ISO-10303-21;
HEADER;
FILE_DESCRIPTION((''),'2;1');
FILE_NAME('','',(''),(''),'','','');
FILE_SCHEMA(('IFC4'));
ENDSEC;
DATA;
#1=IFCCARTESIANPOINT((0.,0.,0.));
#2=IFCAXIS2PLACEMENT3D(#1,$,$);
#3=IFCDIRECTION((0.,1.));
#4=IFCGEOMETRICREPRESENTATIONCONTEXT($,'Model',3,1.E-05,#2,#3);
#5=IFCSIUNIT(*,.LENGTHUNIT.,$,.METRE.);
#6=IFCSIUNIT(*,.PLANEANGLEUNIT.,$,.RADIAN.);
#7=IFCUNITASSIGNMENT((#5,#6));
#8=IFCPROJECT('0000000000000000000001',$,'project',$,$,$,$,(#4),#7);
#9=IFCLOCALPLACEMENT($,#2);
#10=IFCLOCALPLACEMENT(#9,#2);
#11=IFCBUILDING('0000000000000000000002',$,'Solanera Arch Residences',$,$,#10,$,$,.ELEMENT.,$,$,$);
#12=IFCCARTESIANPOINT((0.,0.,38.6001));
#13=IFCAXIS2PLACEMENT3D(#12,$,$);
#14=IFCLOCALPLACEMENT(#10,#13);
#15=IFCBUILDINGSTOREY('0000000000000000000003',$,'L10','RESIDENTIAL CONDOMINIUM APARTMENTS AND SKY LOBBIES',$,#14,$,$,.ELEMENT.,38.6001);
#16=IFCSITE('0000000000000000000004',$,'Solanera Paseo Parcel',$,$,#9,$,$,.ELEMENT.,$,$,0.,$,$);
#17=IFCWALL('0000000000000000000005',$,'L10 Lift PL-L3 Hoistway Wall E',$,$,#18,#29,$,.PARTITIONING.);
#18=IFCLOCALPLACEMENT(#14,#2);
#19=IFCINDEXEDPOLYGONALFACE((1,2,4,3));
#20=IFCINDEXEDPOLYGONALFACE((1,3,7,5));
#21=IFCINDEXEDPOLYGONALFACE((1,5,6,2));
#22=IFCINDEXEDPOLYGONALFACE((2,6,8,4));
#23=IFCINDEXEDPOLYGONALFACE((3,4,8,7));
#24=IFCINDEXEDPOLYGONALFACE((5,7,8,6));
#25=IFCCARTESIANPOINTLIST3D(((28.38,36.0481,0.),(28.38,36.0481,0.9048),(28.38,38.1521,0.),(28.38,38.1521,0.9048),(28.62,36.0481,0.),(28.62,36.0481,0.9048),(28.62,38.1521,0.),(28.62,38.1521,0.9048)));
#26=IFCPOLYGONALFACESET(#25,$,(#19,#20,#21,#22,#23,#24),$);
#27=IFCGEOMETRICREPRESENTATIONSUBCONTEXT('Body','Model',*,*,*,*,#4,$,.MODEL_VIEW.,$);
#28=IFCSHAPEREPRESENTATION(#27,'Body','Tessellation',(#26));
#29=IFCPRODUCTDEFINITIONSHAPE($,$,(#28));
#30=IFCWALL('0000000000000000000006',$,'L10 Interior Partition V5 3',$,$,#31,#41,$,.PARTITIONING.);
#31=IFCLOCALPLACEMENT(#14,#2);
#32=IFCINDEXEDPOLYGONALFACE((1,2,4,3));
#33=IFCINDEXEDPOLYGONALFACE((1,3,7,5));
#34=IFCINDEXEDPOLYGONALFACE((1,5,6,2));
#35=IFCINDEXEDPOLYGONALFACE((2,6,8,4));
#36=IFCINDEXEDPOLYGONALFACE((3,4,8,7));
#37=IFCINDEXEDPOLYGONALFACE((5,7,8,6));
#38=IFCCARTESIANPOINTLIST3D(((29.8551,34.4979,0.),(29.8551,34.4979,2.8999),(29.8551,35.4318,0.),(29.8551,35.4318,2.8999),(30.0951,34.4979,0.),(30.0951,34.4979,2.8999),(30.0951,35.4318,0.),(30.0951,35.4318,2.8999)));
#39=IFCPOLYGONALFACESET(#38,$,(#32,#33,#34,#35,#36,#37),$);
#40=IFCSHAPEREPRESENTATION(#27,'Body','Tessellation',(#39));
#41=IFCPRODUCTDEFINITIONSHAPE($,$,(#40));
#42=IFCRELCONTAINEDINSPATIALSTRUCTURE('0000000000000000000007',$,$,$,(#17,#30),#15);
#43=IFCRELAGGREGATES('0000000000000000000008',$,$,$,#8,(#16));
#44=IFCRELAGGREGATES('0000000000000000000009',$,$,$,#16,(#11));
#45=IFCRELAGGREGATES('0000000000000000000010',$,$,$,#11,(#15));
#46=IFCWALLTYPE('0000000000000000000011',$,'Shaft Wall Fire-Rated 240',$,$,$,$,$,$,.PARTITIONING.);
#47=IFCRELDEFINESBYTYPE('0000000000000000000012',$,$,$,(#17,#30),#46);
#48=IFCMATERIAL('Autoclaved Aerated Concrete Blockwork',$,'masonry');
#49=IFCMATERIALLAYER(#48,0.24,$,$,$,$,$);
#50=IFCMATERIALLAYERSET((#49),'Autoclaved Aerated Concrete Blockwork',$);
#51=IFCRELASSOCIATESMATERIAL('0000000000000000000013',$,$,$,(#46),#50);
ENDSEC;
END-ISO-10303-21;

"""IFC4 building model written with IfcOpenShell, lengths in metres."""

from ifc_helpers import new_model, si_unit, direction, frame, frame_2d, origin, place, context, subcontext, project, spatial, rectangle, extrude, material, layer, layer_set, type_object, element, save


model = new_model("IFC4")

# Units and contexts
model_context = context("Model", 3, precision=1e-05, world=origin(), true_north=direction((0.0, 1.0)))
body_context = subcontext(model_context, "Body", "Model", "MODEL_VIEW")
ifc_project = project(units=[si_unit("LENGTHUNIT", "METRE"), si_unit("PLANEANGLEUNIT", "RADIAN")], contexts=[model_context])

# Site, building, storey
site_placement = place(None, origin())
site = spatial("IfcSite", under=ifc_project, at=site_placement, Name="Solanera Paseo Parcel", CompositionType="ELEMENT", RefElevation=0.0)
building_placement = place(site_placement, origin())
building = spatial("IfcBuilding", under=site, at=building_placement, Name="Solanera Arch Residences", CompositionType="ELEMENT")
storey_placement = place(building_placement, frame((0.0, 0.0, 38.6001)))
storey = spatial("IfcBuildingStorey", under=building, at=storey_placement, Name="L10", Description="RESIDENTIAL CONDOMINIUM APARTMENTS AND SKY LOBBIES", CompositionType="ELEMENT", Elevation=38.6001)

# Wall
ifc_material_1 = material(Name="Autoclaved Aerated Concrete Blockwork", Category="masonry")
ifc_layer_1 = layer(ifc_material_1, 0.24)
ifc_layer_set_1 = layer_set([ifc_layer_1], Name="Autoclaved Aerated Concrete Blockwork")
wall_type_1 = type_object("IfcWallType", Name="Shaft Wall Fire-Rated 240", PredefinedType="PARTITIONING", material=ifc_layer_set_1)
wall_1_placement = place(storey_placement, frame((28.5, 36.0481, 0.0), z_axis=(0.0, 0.0, 1.0), x_axis=(0.0, 1.0, 0.0)))
element("IfcWall", 1, at=wall_1_placement, inside=storey, type_object=wall_type_1, Name="L10 Lift PL-L3 Hoistway Wall E", PredefinedType="PARTITIONING", context=body_context, shape_type="SweptSolid", body=[
    extrude(rectangle(XDim=2.104, YDim=0.24, at=frame_2d((1.052, 0.0))), origin(), (0.0, 0.0, 1.0), 0.9048),
])

# Wall
wall_2_placement = place(storey_placement, frame((29.9751, 34.498, 0.0), z_axis=(0.0, 0.0, 1.0), x_axis=(0.0, 1.0, 0.0)))
element("IfcWall", 2, at=wall_2_placement, inside=storey, type_object=wall_type_1, Name="L10 Interior Partition V5 3", PredefinedType="PARTITIONING", context=body_context, shape_type="SweptSolid", body=[
    extrude(rectangle(XDim=0.9338, YDim=0.24, at=frame_2d((0.4668, 0.0))), origin(), (0.0, 0.0, 1.0), 2.8999),
])

save(model, "model.ifc")
